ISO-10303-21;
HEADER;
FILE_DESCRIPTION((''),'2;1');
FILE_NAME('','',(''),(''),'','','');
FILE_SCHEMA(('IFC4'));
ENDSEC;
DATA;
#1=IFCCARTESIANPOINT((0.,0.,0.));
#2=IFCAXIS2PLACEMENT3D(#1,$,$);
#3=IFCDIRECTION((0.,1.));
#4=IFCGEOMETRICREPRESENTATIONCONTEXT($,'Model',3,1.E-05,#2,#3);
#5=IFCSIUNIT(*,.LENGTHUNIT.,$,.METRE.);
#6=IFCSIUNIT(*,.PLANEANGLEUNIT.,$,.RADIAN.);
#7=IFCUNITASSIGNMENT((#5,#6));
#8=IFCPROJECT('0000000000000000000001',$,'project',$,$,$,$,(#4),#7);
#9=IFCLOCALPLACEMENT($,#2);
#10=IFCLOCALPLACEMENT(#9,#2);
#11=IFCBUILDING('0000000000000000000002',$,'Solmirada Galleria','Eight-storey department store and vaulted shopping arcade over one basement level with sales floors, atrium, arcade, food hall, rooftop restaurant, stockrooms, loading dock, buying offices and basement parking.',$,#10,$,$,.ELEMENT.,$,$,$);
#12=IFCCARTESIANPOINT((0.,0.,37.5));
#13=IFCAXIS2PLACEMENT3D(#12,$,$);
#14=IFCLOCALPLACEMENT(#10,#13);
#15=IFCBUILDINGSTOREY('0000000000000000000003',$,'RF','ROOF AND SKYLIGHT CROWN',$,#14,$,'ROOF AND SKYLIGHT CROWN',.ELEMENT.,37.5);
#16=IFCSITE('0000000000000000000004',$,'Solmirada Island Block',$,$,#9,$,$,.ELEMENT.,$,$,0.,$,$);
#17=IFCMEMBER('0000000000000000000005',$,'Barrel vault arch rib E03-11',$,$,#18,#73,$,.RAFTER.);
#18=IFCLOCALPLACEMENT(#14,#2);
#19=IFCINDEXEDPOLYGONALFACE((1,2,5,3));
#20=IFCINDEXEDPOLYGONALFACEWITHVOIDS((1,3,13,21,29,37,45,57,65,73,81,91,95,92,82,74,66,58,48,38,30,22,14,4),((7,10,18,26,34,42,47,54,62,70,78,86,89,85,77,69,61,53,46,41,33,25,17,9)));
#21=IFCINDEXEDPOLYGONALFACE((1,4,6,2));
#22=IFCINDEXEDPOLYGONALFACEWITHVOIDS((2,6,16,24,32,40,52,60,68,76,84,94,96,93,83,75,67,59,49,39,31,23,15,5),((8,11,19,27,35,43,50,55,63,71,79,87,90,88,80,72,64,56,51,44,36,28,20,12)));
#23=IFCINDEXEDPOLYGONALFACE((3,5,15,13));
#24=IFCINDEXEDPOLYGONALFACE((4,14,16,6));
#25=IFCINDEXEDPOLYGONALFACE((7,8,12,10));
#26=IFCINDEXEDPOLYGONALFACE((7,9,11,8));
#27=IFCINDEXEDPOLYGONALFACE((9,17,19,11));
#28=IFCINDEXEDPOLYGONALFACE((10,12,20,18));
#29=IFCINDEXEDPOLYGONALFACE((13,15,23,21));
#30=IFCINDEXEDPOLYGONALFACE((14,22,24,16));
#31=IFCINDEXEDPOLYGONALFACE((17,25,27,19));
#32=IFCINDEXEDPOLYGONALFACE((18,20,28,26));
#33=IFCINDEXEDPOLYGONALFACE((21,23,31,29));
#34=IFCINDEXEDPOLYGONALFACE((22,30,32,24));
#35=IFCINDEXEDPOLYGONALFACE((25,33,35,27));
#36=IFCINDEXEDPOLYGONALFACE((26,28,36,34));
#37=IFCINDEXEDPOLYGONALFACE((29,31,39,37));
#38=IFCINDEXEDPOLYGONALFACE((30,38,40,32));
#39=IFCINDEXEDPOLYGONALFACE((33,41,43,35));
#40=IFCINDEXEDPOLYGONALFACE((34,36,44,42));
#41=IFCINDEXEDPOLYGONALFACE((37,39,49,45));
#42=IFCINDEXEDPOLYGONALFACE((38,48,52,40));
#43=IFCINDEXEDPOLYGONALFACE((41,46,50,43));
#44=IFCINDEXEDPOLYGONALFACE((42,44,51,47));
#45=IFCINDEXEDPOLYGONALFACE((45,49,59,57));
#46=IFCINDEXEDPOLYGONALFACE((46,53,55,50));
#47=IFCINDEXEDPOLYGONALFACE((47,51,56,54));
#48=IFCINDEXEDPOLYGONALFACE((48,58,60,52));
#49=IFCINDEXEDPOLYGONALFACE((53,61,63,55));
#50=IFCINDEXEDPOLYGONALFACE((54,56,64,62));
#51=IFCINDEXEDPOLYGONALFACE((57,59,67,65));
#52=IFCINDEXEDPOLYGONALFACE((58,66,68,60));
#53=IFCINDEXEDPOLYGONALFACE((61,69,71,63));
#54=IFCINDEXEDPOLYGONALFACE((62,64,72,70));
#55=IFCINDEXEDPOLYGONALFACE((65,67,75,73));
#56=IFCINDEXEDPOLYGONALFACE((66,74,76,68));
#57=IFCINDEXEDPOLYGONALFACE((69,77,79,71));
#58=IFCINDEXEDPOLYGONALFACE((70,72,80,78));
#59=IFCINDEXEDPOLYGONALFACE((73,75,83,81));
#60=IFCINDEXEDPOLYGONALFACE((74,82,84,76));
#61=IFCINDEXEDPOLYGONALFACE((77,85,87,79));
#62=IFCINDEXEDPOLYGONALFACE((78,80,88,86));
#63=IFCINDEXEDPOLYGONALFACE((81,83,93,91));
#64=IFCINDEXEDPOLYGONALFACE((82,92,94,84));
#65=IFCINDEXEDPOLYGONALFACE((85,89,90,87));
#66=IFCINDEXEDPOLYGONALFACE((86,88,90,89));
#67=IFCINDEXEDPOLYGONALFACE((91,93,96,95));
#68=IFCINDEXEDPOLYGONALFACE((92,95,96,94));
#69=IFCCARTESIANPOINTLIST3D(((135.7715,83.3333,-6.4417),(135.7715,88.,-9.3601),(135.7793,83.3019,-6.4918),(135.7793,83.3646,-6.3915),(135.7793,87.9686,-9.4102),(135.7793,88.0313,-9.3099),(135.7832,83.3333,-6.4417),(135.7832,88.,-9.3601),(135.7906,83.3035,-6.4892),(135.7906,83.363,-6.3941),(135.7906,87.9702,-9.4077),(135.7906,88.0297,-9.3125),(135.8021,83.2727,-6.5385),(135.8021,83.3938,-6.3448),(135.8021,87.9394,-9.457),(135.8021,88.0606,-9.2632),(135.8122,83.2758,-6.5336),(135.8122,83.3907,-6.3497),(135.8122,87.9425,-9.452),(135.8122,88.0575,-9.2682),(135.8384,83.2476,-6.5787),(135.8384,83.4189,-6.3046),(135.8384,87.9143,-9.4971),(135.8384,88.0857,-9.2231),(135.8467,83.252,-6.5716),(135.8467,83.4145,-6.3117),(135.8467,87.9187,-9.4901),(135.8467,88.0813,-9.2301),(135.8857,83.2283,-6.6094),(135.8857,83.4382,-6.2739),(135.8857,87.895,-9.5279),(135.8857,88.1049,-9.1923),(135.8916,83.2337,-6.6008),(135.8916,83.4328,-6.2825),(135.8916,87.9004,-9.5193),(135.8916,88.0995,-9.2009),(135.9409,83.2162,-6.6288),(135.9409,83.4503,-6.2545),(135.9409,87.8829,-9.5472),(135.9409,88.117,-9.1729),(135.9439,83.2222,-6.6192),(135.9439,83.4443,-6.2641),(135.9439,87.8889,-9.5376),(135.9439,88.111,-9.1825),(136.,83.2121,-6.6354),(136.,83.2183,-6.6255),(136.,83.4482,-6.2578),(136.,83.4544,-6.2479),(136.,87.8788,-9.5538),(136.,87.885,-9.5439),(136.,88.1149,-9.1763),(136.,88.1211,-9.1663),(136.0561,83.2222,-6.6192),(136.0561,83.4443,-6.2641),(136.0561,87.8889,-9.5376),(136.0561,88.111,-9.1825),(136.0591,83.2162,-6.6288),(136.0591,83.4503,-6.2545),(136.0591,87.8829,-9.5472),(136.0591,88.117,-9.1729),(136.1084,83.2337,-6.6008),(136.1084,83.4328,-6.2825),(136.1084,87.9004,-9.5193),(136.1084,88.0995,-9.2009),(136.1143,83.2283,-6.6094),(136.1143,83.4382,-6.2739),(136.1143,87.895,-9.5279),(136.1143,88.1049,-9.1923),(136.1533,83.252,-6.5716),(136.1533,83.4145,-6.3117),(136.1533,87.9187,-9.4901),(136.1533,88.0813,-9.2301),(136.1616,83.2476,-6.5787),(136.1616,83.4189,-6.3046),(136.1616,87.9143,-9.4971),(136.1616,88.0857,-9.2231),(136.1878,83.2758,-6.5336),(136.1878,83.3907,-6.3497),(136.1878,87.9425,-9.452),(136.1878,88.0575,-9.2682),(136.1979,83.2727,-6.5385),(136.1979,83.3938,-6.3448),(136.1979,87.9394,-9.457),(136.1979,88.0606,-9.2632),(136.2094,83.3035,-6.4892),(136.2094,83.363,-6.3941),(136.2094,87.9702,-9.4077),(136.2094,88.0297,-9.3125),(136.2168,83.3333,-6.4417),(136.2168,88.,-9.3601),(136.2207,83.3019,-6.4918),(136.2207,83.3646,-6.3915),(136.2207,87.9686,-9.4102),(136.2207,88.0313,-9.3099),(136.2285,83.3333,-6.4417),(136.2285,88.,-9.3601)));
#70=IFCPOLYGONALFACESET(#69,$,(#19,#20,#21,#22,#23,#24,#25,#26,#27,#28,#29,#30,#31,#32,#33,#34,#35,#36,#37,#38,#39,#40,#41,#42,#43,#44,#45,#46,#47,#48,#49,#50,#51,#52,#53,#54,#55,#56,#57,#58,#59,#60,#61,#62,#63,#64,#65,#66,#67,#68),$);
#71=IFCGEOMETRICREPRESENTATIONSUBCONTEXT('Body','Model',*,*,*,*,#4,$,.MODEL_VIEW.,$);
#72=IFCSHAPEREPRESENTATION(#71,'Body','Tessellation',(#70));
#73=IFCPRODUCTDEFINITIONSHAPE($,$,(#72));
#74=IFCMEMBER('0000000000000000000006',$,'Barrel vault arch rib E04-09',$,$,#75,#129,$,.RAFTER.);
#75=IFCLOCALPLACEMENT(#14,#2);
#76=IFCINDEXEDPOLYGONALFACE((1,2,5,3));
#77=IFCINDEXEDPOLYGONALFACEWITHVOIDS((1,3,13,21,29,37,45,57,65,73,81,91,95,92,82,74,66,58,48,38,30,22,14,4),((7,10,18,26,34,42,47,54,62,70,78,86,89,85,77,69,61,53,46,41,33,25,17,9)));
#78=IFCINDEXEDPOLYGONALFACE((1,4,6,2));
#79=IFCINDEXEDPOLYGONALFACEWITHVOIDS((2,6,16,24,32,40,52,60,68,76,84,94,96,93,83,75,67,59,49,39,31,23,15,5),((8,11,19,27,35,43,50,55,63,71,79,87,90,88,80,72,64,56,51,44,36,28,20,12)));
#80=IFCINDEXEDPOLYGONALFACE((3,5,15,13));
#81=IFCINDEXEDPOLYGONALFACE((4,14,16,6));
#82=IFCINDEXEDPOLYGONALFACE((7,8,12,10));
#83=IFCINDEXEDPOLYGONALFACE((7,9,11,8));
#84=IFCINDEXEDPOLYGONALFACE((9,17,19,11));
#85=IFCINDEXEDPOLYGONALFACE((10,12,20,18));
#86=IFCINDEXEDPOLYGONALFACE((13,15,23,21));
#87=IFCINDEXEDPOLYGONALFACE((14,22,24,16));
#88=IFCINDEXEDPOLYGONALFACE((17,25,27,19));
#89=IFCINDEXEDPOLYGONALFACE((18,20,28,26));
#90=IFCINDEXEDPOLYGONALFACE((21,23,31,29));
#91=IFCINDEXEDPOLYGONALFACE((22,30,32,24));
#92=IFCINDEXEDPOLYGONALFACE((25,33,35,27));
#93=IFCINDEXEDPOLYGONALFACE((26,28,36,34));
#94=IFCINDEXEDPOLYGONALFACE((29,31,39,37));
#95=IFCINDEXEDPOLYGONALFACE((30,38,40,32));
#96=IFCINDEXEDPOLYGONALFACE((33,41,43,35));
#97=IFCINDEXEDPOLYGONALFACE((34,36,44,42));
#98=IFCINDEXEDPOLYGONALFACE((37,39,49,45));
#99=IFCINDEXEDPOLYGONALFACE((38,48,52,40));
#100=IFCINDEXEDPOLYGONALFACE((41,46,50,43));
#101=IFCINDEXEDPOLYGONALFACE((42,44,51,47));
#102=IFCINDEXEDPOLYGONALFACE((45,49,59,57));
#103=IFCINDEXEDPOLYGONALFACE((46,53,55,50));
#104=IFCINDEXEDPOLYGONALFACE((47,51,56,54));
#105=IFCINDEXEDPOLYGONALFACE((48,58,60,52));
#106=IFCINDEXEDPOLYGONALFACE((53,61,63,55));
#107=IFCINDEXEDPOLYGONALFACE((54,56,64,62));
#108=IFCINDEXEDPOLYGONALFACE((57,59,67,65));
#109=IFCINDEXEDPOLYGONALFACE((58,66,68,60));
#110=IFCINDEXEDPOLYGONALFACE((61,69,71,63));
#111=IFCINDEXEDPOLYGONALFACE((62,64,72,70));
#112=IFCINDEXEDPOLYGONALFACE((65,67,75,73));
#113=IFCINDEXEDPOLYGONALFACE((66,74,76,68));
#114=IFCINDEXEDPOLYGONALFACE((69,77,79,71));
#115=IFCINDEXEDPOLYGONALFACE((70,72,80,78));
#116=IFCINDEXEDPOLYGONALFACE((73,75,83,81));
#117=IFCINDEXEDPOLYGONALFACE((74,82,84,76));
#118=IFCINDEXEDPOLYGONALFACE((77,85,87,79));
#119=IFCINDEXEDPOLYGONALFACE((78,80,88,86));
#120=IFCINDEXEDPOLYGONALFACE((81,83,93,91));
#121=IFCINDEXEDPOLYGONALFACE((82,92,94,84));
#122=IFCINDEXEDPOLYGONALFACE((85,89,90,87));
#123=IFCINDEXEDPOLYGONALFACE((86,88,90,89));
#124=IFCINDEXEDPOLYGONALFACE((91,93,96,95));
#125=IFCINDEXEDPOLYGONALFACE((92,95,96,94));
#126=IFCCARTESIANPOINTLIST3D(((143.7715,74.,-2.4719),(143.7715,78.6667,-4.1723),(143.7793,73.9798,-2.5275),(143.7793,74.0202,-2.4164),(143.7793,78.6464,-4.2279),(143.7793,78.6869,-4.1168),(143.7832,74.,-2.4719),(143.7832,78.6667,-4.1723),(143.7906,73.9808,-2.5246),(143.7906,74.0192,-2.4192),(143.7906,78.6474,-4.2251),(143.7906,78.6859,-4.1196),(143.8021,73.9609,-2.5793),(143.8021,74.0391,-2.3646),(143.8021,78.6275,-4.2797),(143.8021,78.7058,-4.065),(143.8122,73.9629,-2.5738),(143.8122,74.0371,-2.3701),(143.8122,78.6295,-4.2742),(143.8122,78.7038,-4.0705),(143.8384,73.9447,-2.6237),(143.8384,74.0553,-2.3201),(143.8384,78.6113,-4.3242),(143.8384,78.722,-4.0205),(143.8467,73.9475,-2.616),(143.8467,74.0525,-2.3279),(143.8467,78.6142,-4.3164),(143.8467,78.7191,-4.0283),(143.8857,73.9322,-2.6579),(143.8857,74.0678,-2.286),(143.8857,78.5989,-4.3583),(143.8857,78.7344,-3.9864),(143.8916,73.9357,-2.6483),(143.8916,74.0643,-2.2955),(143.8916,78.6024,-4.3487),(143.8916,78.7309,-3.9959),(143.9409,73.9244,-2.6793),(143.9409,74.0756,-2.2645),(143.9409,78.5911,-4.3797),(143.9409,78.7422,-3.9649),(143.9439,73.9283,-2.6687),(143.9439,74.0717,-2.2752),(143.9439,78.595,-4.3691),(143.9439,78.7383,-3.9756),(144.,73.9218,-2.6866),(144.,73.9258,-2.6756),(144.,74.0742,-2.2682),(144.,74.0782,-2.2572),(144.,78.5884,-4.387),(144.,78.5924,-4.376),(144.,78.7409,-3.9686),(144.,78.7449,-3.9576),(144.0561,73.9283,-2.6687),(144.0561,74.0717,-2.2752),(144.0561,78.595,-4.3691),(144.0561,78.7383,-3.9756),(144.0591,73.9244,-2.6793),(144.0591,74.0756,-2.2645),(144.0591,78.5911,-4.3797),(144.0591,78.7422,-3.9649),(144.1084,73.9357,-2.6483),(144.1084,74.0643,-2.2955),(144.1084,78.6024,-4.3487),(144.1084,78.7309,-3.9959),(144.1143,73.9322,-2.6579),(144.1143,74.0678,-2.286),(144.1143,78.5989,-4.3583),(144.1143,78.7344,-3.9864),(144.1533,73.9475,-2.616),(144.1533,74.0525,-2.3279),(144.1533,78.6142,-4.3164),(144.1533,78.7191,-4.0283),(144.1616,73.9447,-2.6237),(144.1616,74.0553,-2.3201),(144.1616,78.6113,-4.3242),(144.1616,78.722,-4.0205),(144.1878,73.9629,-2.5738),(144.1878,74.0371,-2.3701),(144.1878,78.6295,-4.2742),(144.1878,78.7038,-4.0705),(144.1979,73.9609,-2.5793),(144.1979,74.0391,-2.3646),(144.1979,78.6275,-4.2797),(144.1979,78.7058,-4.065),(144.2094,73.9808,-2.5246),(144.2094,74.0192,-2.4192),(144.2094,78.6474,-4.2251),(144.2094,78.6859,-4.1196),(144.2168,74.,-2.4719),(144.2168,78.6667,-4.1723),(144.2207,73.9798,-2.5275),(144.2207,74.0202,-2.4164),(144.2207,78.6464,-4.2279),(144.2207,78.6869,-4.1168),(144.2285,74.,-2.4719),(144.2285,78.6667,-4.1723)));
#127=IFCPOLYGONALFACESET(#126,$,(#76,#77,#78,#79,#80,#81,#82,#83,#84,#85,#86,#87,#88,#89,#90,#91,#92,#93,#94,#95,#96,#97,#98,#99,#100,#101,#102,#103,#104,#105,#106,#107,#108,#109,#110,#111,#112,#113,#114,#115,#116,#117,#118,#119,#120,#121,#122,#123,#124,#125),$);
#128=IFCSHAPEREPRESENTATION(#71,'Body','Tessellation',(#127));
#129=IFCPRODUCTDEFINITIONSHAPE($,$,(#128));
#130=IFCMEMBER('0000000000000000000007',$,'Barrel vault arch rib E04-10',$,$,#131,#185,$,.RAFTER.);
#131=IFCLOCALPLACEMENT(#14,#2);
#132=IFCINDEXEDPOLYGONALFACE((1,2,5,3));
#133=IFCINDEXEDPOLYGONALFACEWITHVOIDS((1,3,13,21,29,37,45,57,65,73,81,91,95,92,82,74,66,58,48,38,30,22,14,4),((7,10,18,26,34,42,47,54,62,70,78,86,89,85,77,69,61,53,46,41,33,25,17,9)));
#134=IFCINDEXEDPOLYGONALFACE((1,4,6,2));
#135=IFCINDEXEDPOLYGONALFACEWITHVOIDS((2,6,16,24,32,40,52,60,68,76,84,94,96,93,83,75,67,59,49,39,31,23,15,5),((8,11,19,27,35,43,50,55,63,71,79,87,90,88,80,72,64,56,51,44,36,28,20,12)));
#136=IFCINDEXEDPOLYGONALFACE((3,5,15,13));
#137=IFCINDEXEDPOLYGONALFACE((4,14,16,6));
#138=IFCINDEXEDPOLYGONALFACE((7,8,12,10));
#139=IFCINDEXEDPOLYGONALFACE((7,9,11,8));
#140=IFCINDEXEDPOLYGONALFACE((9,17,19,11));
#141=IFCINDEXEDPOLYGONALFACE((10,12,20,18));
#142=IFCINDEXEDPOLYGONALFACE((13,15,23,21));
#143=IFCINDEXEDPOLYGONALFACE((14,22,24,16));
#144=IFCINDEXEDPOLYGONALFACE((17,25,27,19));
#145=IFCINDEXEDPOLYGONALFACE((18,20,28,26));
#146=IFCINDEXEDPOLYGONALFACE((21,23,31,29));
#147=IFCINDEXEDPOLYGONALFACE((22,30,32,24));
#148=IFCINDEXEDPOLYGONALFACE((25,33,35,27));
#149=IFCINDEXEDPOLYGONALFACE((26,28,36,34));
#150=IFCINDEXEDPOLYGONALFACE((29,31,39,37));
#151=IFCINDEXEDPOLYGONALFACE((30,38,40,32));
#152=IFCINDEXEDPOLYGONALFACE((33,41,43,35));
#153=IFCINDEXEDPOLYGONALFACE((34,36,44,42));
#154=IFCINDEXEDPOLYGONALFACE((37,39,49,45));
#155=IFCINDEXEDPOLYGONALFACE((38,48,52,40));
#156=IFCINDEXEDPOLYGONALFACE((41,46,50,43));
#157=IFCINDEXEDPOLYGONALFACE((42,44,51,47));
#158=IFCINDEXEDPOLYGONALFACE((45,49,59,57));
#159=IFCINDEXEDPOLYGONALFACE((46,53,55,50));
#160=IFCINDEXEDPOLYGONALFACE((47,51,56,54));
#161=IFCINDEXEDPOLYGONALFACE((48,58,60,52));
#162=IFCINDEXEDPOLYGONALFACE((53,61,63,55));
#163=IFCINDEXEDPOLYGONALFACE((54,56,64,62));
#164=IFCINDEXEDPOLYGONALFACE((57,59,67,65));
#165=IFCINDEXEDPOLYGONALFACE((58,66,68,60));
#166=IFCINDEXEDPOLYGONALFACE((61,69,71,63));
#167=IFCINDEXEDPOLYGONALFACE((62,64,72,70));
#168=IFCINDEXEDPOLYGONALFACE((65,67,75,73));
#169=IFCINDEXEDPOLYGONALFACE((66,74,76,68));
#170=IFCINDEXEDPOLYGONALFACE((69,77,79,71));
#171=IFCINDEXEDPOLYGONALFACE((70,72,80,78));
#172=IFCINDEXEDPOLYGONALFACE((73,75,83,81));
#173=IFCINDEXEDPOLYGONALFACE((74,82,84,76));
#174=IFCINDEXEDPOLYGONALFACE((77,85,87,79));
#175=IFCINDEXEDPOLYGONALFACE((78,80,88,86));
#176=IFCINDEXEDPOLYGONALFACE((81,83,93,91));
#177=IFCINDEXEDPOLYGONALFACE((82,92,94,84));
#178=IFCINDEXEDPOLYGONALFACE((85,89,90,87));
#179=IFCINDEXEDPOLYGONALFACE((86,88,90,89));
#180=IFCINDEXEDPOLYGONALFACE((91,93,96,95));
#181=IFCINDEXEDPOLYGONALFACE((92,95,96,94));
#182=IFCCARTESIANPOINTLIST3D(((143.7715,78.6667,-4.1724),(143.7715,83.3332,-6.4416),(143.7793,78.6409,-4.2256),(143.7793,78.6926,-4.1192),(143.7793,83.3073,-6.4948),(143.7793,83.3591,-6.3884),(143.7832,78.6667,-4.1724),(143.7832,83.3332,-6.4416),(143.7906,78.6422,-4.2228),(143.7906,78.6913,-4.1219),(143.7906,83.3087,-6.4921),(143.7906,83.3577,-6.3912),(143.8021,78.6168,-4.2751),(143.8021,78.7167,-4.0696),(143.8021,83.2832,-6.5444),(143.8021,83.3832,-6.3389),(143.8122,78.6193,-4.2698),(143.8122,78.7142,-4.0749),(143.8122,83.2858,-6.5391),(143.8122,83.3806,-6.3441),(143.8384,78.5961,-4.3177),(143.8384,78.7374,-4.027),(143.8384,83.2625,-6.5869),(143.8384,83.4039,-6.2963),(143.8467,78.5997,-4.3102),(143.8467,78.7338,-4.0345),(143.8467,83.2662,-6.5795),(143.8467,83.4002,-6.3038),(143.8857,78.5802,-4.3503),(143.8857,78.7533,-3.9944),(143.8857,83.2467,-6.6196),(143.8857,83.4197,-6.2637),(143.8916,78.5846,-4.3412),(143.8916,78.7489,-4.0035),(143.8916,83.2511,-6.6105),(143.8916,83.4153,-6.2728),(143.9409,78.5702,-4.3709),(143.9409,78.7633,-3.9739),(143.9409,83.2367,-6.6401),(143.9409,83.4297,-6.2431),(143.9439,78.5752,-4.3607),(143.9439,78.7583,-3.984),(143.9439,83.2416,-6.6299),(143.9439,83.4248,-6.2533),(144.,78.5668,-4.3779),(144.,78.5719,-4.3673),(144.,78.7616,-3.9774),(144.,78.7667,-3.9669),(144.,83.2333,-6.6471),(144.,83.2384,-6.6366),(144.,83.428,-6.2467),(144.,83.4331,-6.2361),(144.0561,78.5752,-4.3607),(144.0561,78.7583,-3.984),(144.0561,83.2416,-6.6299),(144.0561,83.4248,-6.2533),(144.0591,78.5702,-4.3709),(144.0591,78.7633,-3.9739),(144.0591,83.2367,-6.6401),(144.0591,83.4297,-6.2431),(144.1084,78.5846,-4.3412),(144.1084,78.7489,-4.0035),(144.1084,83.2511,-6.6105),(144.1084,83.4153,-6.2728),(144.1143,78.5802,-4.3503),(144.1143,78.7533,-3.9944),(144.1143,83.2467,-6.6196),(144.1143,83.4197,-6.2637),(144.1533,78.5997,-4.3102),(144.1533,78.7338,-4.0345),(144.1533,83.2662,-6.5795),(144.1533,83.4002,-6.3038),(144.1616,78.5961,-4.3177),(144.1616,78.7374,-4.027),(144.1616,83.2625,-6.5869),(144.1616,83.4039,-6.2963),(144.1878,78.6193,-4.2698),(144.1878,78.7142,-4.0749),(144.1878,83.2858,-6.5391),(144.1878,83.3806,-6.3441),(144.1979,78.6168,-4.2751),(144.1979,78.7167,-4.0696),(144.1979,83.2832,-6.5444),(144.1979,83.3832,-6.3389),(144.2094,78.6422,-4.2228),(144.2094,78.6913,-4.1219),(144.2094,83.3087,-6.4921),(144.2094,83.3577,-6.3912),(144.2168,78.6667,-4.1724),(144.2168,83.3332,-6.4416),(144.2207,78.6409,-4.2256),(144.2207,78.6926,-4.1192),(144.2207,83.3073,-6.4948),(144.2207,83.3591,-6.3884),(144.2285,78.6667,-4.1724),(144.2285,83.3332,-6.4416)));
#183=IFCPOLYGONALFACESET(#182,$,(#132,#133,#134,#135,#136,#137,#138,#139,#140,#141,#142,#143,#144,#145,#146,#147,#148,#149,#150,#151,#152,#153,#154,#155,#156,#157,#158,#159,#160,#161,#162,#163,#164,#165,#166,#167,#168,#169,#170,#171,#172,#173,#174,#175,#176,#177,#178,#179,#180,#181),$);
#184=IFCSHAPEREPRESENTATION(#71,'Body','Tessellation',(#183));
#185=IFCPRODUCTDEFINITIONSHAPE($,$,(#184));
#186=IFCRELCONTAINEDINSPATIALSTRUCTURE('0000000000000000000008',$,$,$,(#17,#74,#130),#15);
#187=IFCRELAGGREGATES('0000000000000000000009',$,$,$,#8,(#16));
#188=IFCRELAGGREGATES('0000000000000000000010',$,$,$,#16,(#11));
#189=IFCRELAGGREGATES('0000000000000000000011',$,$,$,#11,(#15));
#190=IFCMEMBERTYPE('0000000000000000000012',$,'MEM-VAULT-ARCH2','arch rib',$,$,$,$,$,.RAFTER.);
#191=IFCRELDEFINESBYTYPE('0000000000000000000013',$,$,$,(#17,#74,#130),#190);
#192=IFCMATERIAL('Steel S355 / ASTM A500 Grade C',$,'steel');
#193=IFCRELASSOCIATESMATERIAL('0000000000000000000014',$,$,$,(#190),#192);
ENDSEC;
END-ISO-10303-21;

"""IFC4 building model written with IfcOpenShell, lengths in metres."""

from ifc_helpers import new_model, si_unit, direction, frame, origin, origin_2d, place, context, subcontext, project, spatial, hollow_circle, extrude, material, material_profile, profile_set, type_object, element, save


model = new_model("IFC4")

# Units and contexts
model_context = context("Model", 3, precision=1e-05, world=origin(), true_north=direction((0.0, 1.0)))
body_context = subcontext(model_context, "Body", "Model", "MODEL_VIEW")
ifc_project = project(units=[si_unit("LENGTHUNIT", "METRE"), si_unit("PLANEANGLEUNIT", "RADIAN")], contexts=[model_context])

# Site, building, storey
site_placement = place(None, origin())
site = spatial("IfcSite", under=ifc_project, at=site_placement, Name="Solmirada Island Block", CompositionType="ELEMENT", RefElevation=0.0)
building_placement = place(site_placement, origin())
building = spatial("IfcBuilding", under=site, at=building_placement, Name="Solmirada Galleria", Description="Eight-storey department store and vaulted shopping arcade over one basement level with sales floors, atrium, arcade, food hall, rooftop restaurant, stockrooms, loading dock, buying offices and basement parking.", CompositionType="ELEMENT")
storey_placement = place(building_placement, frame((0.0, 0.0, 37.5)))
storey = spatial("IfcBuildingStorey", under=building, at=storey_placement, Name="RF", Description="ROOF AND SKYLIGHT CROWN", LongName="ROOF AND SKYLIGHT CROWN", CompositionType="ELEMENT", Elevation=37.5)

# Members
ifc_material_1 = material(Name="Steel S355 / ASTM A500 Grade C", Category="steel")
ifc_material_profile_1 = material_profile(ifc_material_1, hollow_circle(Radius=0.2285, WallThickness=0.0117, at=origin_2d()), Name="HSS18.000X0.500")
ifc_profile_set_1 = profile_set([ifc_material_profile_1], Name="Steel S355 / ASTM A500 Grade C")
member_type_1 = type_object("IfcMemberType", Name="MEM-VAULT-ARCH2", Description="arch rib", PredefinedType="RAFTER", material=ifc_profile_set_1)
member_1_placement = place(storey_placement, frame((136.0, 83.3333, -6.4417), z_axis=(0.0, 0.847856, -0.530226), x_axis=(-1.0, 0.0, 0.0)))
element("IfcMember", 1, at=member_1_placement, inside=storey, type_object=member_type_1, Name="Barrel vault arch rib E03-11", PredefinedType="RAFTER", context=body_context, shape_type="SweptSolid", body=[
    extrude(hollow_circle(Radius=0.2285, WallThickness=0.0117, at=origin_2d()), origin(), (0.0, 0.0, 1.0), 5.5042),
])
member_2_placement = place(storey_placement, frame((144.0, 74.0, -2.4719), z_axis=(0.0, 0.939571, -0.342355), x_axis=(-1.0, 0.0, 0.0)))
element("IfcMember", 2, at=member_2_placement, inside=storey, type_object=member_type_1, Name="Barrel vault arch rib E04-09", PredefinedType="RAFTER", context=body_context, shape_type="SweptSolid", body=[
    extrude(hollow_circle(Radius=0.2285, WallThickness=0.0117, at=origin_2d()), origin(), (0.0, 0.0, 1.0), 4.9668),
])
member_3_placement = place(storey_placement, frame((144.0, 78.6667, -4.1724), z_axis=(0.0, 0.899304, -0.437325), x_axis=(-1.0, 0.0, 0.0)))
element("IfcMember", 3, at=member_3_placement, inside=storey, type_object=member_type_1, Name="Barrel vault arch rib E04-10", PredefinedType="RAFTER", context=body_context, shape_type="SweptSolid", body=[
    extrude(hollow_circle(Radius=0.2285, WallThickness=0.0117, at=origin_2d()), origin(), (0.0, 0.0, 1.0), 5.189),
])

save(model, "model.ifc")
